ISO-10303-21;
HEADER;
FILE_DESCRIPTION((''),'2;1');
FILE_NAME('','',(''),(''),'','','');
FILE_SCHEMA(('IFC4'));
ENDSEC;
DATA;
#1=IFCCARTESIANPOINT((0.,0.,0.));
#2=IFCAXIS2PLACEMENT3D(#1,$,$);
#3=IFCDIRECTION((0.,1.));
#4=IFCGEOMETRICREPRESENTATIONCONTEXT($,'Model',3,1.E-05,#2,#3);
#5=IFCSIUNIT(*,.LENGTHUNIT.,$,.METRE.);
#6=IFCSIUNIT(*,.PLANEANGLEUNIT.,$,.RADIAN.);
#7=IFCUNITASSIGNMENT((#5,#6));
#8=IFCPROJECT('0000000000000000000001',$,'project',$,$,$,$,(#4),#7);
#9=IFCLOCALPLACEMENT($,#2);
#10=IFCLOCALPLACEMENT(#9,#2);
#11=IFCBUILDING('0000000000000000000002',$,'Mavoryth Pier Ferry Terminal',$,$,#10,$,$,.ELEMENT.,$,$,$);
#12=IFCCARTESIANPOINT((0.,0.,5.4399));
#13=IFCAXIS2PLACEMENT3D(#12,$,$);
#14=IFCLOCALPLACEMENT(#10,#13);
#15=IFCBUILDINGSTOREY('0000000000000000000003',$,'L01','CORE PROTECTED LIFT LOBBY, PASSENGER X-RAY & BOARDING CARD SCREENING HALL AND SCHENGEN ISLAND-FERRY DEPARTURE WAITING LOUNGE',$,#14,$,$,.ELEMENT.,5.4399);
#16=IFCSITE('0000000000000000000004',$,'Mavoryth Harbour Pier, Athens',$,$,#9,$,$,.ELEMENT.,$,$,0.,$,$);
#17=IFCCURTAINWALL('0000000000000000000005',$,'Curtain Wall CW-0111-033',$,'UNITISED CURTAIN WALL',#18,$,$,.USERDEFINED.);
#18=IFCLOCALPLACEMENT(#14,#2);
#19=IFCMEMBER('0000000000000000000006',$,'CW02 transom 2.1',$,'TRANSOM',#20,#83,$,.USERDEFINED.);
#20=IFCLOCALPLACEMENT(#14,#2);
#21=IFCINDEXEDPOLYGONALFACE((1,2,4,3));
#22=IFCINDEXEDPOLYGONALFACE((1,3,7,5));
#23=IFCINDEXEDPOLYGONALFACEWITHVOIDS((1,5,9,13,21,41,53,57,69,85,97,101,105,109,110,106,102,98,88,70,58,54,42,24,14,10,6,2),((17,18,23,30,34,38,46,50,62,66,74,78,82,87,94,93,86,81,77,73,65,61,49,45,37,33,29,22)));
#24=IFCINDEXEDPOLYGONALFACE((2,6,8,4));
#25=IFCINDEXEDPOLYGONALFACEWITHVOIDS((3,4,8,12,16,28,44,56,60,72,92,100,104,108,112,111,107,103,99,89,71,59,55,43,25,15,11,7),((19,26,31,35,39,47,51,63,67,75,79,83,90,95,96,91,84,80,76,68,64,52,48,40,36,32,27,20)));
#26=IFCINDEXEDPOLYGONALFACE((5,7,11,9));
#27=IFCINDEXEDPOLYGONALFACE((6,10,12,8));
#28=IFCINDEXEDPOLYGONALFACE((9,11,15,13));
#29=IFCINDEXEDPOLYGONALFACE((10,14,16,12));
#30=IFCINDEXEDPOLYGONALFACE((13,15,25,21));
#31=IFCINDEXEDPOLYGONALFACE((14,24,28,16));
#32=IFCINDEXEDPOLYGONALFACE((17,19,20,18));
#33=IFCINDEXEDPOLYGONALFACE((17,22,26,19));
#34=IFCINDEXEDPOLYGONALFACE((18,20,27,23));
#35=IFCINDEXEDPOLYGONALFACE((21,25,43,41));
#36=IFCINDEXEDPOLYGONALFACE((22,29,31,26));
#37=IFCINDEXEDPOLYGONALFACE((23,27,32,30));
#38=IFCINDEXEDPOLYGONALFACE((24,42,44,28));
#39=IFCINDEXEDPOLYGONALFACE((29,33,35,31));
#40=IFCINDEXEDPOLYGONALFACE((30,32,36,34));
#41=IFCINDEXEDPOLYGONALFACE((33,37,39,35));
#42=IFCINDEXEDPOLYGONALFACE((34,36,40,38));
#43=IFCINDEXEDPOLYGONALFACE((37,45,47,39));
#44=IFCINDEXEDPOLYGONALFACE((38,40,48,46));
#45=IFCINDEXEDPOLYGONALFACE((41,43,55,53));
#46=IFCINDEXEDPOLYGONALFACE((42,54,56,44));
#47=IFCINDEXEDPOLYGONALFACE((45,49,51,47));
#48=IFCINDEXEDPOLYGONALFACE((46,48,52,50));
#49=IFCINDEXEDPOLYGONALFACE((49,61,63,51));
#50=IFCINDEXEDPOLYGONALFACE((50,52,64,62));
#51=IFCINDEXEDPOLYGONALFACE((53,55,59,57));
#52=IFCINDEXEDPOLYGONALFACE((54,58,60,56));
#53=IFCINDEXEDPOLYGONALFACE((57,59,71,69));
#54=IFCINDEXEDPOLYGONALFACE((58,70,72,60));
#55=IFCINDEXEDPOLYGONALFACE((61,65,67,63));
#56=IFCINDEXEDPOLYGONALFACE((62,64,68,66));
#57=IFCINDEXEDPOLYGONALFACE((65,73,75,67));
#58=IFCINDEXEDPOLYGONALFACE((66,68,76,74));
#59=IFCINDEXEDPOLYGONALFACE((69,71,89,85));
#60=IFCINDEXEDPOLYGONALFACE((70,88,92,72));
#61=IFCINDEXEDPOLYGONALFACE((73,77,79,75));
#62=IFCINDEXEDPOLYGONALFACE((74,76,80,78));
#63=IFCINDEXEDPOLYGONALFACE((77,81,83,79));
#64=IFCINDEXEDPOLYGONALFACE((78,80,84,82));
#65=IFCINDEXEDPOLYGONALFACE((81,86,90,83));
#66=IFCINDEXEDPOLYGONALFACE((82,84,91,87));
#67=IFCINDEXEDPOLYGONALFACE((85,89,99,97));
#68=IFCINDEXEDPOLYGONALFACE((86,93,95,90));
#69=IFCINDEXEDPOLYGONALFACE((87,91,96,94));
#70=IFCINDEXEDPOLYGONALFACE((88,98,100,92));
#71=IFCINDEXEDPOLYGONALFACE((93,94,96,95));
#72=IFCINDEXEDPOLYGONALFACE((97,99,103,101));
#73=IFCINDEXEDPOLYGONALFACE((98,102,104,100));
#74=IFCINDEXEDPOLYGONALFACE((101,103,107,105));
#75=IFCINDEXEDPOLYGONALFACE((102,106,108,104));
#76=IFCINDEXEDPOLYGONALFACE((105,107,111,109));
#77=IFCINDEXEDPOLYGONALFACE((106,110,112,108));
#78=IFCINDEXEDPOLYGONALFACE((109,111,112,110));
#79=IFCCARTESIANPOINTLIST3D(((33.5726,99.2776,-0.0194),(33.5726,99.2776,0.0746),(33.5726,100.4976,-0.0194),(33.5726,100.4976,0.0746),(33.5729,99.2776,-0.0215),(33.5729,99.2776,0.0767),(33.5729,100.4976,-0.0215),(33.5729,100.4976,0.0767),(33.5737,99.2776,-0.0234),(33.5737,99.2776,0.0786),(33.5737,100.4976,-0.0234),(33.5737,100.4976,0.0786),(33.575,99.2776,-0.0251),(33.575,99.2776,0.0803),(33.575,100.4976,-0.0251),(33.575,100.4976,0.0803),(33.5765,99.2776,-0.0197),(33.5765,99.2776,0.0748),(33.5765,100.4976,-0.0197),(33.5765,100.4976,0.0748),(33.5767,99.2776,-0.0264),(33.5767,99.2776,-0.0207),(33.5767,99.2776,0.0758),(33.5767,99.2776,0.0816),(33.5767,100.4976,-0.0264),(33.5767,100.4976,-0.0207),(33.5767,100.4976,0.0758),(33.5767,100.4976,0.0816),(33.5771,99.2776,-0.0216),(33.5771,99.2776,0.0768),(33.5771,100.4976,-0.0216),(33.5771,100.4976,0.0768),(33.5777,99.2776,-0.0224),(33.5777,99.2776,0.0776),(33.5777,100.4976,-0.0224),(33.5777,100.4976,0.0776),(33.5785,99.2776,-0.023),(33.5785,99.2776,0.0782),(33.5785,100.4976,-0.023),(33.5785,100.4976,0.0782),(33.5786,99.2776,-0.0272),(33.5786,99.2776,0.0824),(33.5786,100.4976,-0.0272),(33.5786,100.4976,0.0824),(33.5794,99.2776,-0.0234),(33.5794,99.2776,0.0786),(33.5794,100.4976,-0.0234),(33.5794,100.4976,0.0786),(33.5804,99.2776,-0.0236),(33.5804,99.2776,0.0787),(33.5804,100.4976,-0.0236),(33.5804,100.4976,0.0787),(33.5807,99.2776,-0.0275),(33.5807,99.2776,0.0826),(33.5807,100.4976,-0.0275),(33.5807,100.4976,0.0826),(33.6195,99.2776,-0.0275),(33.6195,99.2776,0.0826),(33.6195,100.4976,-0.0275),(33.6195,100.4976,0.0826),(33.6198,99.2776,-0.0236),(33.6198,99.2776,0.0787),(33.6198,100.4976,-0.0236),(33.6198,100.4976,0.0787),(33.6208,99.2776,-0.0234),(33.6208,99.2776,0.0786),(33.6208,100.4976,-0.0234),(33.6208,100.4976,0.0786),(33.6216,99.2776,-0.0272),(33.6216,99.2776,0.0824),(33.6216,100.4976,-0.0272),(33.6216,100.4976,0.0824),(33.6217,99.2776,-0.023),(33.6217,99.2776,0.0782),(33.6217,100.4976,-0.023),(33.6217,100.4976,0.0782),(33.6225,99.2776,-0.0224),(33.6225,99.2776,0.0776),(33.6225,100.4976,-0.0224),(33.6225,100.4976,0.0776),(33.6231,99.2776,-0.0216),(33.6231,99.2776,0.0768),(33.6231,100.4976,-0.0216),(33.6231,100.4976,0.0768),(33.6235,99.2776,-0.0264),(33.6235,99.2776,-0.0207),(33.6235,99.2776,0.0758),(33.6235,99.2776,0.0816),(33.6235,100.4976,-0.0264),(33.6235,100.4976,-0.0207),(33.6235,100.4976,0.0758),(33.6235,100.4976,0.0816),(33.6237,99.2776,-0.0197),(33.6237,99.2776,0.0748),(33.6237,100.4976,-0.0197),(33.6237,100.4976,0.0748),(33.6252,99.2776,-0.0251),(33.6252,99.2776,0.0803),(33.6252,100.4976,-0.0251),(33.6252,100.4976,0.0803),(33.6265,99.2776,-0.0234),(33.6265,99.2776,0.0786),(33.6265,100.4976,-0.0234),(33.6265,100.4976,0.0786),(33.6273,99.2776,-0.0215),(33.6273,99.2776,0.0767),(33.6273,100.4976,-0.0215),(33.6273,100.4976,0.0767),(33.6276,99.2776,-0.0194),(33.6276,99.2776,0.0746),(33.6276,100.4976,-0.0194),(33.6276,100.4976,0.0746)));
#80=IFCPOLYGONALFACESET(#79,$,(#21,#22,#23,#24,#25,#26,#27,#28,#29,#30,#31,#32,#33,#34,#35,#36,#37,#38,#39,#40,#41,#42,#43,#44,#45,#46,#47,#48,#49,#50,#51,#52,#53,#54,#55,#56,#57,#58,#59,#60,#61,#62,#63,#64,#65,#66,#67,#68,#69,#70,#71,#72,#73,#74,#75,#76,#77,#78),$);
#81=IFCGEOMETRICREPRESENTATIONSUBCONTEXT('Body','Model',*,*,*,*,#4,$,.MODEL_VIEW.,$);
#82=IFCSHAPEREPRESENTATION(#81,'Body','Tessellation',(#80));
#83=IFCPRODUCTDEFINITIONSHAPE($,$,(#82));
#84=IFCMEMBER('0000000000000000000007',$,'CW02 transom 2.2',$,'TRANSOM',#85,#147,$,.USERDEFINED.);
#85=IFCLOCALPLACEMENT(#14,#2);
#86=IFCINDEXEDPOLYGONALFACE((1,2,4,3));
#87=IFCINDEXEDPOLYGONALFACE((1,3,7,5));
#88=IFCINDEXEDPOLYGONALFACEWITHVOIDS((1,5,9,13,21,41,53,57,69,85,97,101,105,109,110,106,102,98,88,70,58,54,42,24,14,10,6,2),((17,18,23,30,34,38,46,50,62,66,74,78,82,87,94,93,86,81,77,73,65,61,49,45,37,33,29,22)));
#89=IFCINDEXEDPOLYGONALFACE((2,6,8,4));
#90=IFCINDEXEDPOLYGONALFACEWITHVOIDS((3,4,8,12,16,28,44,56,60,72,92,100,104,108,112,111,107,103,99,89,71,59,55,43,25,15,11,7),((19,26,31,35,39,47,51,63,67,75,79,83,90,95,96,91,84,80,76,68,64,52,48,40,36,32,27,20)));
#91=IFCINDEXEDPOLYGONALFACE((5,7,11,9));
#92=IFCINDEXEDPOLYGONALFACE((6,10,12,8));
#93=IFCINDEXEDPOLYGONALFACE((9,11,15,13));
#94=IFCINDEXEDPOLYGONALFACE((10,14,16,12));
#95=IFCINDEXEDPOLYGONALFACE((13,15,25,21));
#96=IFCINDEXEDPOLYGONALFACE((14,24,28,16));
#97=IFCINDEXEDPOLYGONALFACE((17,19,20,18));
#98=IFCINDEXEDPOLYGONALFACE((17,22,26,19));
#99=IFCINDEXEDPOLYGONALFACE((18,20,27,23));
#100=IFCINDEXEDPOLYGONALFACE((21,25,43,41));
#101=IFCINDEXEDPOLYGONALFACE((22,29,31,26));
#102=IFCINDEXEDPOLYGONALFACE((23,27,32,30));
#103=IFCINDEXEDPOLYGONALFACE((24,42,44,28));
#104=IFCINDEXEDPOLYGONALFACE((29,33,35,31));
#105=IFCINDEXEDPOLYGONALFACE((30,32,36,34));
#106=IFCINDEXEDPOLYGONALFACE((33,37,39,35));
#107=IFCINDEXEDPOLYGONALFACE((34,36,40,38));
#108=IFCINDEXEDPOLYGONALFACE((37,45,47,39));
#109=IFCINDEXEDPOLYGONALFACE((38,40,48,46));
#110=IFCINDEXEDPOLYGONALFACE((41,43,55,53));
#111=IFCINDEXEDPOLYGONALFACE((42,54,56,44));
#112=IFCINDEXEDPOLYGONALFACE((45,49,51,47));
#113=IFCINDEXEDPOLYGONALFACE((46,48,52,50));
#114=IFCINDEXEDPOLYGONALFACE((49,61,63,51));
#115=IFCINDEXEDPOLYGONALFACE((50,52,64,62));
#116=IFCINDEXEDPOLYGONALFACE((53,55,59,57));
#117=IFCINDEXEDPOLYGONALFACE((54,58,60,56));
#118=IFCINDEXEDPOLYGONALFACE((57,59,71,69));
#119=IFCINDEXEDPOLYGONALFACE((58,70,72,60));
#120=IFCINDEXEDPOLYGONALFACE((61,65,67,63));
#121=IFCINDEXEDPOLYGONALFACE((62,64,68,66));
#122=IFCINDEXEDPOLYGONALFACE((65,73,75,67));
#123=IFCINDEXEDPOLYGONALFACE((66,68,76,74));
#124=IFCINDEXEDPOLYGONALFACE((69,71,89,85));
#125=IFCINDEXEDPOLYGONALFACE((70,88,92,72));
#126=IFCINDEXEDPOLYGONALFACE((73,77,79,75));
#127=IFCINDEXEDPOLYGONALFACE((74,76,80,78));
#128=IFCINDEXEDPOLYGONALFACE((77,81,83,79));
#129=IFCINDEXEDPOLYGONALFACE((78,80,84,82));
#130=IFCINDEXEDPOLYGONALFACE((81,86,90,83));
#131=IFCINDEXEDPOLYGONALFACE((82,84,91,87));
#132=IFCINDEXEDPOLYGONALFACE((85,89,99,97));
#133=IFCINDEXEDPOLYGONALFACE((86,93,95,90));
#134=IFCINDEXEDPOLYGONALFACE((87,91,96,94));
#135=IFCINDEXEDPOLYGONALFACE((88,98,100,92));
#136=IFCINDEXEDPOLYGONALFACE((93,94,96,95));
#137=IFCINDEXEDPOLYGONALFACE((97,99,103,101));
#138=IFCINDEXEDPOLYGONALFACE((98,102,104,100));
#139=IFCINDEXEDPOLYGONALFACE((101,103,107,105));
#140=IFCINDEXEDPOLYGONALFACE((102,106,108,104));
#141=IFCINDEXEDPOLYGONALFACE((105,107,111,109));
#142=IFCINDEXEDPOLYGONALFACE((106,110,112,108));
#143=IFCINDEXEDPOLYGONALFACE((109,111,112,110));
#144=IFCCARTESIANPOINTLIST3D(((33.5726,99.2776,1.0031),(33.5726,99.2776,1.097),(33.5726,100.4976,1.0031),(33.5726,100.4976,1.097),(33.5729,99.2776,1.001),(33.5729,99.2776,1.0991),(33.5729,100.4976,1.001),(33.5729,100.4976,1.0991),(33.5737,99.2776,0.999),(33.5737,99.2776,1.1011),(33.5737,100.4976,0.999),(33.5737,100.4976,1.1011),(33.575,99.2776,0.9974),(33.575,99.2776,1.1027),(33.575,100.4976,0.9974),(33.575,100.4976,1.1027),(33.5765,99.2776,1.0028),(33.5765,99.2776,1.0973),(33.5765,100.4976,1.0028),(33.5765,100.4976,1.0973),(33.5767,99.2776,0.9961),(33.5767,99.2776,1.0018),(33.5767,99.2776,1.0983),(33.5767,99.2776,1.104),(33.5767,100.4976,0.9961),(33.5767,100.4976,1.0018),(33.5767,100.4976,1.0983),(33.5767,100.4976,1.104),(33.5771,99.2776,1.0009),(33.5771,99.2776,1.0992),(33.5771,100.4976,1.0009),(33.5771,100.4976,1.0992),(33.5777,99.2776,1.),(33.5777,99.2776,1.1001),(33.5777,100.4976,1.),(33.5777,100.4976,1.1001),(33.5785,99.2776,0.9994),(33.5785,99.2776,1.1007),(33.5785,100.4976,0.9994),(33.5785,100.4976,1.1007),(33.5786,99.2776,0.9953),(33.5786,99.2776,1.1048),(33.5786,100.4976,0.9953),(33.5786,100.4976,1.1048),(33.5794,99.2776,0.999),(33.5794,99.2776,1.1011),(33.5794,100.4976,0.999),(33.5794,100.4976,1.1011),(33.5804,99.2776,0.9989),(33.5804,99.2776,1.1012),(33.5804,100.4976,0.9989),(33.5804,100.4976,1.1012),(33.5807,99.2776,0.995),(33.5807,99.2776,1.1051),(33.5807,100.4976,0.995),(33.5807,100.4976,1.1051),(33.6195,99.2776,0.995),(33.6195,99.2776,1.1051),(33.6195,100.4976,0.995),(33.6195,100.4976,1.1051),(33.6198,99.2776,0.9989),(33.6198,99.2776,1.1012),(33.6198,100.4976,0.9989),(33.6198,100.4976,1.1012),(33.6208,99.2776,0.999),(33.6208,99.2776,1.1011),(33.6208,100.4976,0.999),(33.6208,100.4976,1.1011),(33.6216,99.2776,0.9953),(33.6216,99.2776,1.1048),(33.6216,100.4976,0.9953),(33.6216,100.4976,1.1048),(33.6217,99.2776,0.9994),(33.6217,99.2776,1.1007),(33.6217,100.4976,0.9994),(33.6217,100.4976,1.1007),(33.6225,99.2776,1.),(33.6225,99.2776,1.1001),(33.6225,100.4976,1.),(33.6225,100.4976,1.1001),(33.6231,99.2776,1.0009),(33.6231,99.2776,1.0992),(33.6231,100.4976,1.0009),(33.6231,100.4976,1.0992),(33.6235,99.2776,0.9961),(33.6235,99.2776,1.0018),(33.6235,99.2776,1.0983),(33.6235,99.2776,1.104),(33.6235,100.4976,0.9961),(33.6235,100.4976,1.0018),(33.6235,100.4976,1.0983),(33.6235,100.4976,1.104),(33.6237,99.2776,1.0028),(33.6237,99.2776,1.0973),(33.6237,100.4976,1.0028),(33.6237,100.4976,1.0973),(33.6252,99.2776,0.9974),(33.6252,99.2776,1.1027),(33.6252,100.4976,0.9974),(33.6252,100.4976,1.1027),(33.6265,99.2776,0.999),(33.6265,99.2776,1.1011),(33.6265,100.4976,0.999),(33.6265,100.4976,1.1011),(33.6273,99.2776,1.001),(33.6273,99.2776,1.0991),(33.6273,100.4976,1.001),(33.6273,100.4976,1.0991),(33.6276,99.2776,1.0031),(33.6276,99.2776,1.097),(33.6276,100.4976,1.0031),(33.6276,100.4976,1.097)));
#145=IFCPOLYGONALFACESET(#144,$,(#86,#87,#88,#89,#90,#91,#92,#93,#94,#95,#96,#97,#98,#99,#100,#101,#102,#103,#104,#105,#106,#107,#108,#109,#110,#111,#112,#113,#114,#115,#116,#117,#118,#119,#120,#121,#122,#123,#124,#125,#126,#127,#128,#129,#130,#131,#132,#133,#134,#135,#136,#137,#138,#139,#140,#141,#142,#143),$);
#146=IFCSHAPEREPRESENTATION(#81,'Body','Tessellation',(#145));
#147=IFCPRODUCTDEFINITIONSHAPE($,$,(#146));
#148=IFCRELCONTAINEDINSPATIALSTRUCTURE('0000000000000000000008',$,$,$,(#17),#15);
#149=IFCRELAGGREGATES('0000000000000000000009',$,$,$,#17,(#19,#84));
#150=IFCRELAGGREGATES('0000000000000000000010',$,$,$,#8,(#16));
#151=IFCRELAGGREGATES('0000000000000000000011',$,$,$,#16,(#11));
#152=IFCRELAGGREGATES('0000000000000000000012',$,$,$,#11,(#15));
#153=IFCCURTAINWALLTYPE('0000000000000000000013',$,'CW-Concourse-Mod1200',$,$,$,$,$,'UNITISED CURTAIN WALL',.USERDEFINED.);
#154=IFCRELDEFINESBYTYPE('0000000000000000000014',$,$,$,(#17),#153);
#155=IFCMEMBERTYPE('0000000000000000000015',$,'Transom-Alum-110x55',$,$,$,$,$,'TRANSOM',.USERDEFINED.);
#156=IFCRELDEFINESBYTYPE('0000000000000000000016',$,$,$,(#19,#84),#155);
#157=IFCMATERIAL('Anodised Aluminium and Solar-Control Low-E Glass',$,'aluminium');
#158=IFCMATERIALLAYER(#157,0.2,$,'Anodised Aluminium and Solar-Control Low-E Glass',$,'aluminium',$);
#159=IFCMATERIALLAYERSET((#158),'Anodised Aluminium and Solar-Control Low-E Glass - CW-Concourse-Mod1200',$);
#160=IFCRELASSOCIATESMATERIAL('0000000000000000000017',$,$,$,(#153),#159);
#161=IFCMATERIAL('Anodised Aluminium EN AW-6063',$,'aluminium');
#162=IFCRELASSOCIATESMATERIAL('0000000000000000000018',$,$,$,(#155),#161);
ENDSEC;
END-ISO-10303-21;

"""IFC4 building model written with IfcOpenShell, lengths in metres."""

from ifc_helpers import new_model, si_unit, direction, frame, origin, origin_2d, place, context, subcontext, project, spatial, hollow_rectangle, extrude, material, layer, layer_set, material_profile, profile_set, type_object, element, aggregate, save


model = new_model("IFC4")

# Units and contexts
model_context = context("Model", 3, precision=1e-05, world=origin(), true_north=direction((0.0, 1.0)))
body_context = subcontext(model_context, "Body", "Model", "MODEL_VIEW")
ifc_project = project(units=[si_unit("LENGTHUNIT", "METRE"), si_unit("PLANEANGLEUNIT", "RADIAN")], contexts=[model_context])

# Site, building, storey
site_placement = place(None, origin())
site = spatial("IfcSite", under=ifc_project, at=site_placement, Name="Mavoryth Harbour Pier, Athens", CompositionType="ELEMENT", RefElevation=0.0)
building_placement = place(site_placement, origin())
building = spatial("IfcBuilding", under=site, at=building_placement, Name="Mavoryth Pier Ferry Terminal", CompositionType="ELEMENT")
storey_placement = place(building_placement, frame((0.0, 0.0, 5.4399)))
storey = spatial("IfcBuildingStorey", under=building, at=storey_placement, Name="L01", Description="CORE PROTECTED LIFT LOBBY, PASSENGER X-RAY & BOARDING CARD SCREENING HALL AND SCHENGEN ISLAND-FERRY DEPARTURE WAITING LOUNGE", CompositionType="ELEMENT", Elevation=5.4399)

# Curtain wall
ifc_material_1 = material(Name="Anodised Aluminium and Solar-Control Low-E Glass", Category="aluminium")
ifc_layer_1 = layer(ifc_material_1, 0.2, Name="Anodised Aluminium and Solar-Control Low-E Glass", Category="aluminium")
ifc_layer_set_1 = layer_set([ifc_layer_1], Name="Anodised Aluminium and Solar-Control Low-E Glass - CW-Concourse-Mod1200")
curtain_wall_type_1 = type_object("IfcCurtainWallType", Name="CW-Concourse-Mod1200", ElementType="UNITISED CURTAIN WALL", PredefinedType="USERDEFINED", material=ifc_layer_set_1)
curtain_wall_1_placement = place(storey_placement, origin())
curtain_wall_1 = element("IfcCurtainWall", 1, at=curtain_wall_1_placement, inside=storey, type_object=curtain_wall_type_1, Name="Curtain Wall CW-0111-033", ObjectType="UNITISED CURTAIN WALL", PredefinedType="USERDEFINED")
ifc_material_2 = material(Name="Anodised Aluminium EN AW-6063", Category="aluminium")

# Members
ifc_material_profile_1 = material_profile(ifc_material_2, hollow_rectangle(XDim=0.0549, YDim=0.1101, WallThickness=0.0039, InnerFilletRadius=0.0039, OuterFilletRadius=0.0081, at=origin_2d()), Name="AL-TRAN 110x55x4", Category="aluminium")
ifc_profile_set_1 = profile_set([ifc_material_profile_1], Name="Anodised Aluminium EN AW-6063 - AL-TRAN 110x55x4")
member_type_1 = type_object("IfcMemberType", Name="Transom-Alum-110x55", ElementType="TRANSOM", PredefinedType="USERDEFINED", material=ifc_profile_set_1)
member_1_placement = place(storey_placement, frame((33.6001, 99.2776, 0.0276), z_axis=(0.0, 1.0, 0.0), x_axis=(-1.0, 0.0, 0.0)))
member_1 = element("IfcMember", 2, at=member_1_placement, type_object=member_type_1, Name="CW02 transom 2.1", ObjectType="TRANSOM", PredefinedType="USERDEFINED", context=body_context, shape_type="SweptSolid", body=[
    extrude(hollow_rectangle(XDim=0.0549, YDim=0.1101, WallThickness=0.0039, InnerFilletRadius=0.0039, OuterFilletRadius=0.0081, at=origin_2d()), origin(), (0.0, 0.0, 1.0), 1.22),
])
member_2_placement = place(storey_placement, frame((33.6001, 99.2776, 1.05), z_axis=(0.0, 1.0, 0.0), x_axis=(-1.0, 0.0, 0.0)))
member_2 = element("IfcMember", 3, at=member_2_placement, type_object=member_type_1, Name="CW02 transom 2.2", ObjectType="TRANSOM", PredefinedType="USERDEFINED", context=body_context, shape_type="SweptSolid", body=[
    extrude(hollow_rectangle(XDim=0.0549, YDim=0.1101, WallThickness=0.0039, InnerFilletRadius=0.0039, OuterFilletRadius=0.0081, at=origin_2d()), origin(), (0.0, 0.0, 1.0), 1.22),
])

aggregate(curtain_wall_1, [member_1, member_2])

save(model, "model.ifc")
